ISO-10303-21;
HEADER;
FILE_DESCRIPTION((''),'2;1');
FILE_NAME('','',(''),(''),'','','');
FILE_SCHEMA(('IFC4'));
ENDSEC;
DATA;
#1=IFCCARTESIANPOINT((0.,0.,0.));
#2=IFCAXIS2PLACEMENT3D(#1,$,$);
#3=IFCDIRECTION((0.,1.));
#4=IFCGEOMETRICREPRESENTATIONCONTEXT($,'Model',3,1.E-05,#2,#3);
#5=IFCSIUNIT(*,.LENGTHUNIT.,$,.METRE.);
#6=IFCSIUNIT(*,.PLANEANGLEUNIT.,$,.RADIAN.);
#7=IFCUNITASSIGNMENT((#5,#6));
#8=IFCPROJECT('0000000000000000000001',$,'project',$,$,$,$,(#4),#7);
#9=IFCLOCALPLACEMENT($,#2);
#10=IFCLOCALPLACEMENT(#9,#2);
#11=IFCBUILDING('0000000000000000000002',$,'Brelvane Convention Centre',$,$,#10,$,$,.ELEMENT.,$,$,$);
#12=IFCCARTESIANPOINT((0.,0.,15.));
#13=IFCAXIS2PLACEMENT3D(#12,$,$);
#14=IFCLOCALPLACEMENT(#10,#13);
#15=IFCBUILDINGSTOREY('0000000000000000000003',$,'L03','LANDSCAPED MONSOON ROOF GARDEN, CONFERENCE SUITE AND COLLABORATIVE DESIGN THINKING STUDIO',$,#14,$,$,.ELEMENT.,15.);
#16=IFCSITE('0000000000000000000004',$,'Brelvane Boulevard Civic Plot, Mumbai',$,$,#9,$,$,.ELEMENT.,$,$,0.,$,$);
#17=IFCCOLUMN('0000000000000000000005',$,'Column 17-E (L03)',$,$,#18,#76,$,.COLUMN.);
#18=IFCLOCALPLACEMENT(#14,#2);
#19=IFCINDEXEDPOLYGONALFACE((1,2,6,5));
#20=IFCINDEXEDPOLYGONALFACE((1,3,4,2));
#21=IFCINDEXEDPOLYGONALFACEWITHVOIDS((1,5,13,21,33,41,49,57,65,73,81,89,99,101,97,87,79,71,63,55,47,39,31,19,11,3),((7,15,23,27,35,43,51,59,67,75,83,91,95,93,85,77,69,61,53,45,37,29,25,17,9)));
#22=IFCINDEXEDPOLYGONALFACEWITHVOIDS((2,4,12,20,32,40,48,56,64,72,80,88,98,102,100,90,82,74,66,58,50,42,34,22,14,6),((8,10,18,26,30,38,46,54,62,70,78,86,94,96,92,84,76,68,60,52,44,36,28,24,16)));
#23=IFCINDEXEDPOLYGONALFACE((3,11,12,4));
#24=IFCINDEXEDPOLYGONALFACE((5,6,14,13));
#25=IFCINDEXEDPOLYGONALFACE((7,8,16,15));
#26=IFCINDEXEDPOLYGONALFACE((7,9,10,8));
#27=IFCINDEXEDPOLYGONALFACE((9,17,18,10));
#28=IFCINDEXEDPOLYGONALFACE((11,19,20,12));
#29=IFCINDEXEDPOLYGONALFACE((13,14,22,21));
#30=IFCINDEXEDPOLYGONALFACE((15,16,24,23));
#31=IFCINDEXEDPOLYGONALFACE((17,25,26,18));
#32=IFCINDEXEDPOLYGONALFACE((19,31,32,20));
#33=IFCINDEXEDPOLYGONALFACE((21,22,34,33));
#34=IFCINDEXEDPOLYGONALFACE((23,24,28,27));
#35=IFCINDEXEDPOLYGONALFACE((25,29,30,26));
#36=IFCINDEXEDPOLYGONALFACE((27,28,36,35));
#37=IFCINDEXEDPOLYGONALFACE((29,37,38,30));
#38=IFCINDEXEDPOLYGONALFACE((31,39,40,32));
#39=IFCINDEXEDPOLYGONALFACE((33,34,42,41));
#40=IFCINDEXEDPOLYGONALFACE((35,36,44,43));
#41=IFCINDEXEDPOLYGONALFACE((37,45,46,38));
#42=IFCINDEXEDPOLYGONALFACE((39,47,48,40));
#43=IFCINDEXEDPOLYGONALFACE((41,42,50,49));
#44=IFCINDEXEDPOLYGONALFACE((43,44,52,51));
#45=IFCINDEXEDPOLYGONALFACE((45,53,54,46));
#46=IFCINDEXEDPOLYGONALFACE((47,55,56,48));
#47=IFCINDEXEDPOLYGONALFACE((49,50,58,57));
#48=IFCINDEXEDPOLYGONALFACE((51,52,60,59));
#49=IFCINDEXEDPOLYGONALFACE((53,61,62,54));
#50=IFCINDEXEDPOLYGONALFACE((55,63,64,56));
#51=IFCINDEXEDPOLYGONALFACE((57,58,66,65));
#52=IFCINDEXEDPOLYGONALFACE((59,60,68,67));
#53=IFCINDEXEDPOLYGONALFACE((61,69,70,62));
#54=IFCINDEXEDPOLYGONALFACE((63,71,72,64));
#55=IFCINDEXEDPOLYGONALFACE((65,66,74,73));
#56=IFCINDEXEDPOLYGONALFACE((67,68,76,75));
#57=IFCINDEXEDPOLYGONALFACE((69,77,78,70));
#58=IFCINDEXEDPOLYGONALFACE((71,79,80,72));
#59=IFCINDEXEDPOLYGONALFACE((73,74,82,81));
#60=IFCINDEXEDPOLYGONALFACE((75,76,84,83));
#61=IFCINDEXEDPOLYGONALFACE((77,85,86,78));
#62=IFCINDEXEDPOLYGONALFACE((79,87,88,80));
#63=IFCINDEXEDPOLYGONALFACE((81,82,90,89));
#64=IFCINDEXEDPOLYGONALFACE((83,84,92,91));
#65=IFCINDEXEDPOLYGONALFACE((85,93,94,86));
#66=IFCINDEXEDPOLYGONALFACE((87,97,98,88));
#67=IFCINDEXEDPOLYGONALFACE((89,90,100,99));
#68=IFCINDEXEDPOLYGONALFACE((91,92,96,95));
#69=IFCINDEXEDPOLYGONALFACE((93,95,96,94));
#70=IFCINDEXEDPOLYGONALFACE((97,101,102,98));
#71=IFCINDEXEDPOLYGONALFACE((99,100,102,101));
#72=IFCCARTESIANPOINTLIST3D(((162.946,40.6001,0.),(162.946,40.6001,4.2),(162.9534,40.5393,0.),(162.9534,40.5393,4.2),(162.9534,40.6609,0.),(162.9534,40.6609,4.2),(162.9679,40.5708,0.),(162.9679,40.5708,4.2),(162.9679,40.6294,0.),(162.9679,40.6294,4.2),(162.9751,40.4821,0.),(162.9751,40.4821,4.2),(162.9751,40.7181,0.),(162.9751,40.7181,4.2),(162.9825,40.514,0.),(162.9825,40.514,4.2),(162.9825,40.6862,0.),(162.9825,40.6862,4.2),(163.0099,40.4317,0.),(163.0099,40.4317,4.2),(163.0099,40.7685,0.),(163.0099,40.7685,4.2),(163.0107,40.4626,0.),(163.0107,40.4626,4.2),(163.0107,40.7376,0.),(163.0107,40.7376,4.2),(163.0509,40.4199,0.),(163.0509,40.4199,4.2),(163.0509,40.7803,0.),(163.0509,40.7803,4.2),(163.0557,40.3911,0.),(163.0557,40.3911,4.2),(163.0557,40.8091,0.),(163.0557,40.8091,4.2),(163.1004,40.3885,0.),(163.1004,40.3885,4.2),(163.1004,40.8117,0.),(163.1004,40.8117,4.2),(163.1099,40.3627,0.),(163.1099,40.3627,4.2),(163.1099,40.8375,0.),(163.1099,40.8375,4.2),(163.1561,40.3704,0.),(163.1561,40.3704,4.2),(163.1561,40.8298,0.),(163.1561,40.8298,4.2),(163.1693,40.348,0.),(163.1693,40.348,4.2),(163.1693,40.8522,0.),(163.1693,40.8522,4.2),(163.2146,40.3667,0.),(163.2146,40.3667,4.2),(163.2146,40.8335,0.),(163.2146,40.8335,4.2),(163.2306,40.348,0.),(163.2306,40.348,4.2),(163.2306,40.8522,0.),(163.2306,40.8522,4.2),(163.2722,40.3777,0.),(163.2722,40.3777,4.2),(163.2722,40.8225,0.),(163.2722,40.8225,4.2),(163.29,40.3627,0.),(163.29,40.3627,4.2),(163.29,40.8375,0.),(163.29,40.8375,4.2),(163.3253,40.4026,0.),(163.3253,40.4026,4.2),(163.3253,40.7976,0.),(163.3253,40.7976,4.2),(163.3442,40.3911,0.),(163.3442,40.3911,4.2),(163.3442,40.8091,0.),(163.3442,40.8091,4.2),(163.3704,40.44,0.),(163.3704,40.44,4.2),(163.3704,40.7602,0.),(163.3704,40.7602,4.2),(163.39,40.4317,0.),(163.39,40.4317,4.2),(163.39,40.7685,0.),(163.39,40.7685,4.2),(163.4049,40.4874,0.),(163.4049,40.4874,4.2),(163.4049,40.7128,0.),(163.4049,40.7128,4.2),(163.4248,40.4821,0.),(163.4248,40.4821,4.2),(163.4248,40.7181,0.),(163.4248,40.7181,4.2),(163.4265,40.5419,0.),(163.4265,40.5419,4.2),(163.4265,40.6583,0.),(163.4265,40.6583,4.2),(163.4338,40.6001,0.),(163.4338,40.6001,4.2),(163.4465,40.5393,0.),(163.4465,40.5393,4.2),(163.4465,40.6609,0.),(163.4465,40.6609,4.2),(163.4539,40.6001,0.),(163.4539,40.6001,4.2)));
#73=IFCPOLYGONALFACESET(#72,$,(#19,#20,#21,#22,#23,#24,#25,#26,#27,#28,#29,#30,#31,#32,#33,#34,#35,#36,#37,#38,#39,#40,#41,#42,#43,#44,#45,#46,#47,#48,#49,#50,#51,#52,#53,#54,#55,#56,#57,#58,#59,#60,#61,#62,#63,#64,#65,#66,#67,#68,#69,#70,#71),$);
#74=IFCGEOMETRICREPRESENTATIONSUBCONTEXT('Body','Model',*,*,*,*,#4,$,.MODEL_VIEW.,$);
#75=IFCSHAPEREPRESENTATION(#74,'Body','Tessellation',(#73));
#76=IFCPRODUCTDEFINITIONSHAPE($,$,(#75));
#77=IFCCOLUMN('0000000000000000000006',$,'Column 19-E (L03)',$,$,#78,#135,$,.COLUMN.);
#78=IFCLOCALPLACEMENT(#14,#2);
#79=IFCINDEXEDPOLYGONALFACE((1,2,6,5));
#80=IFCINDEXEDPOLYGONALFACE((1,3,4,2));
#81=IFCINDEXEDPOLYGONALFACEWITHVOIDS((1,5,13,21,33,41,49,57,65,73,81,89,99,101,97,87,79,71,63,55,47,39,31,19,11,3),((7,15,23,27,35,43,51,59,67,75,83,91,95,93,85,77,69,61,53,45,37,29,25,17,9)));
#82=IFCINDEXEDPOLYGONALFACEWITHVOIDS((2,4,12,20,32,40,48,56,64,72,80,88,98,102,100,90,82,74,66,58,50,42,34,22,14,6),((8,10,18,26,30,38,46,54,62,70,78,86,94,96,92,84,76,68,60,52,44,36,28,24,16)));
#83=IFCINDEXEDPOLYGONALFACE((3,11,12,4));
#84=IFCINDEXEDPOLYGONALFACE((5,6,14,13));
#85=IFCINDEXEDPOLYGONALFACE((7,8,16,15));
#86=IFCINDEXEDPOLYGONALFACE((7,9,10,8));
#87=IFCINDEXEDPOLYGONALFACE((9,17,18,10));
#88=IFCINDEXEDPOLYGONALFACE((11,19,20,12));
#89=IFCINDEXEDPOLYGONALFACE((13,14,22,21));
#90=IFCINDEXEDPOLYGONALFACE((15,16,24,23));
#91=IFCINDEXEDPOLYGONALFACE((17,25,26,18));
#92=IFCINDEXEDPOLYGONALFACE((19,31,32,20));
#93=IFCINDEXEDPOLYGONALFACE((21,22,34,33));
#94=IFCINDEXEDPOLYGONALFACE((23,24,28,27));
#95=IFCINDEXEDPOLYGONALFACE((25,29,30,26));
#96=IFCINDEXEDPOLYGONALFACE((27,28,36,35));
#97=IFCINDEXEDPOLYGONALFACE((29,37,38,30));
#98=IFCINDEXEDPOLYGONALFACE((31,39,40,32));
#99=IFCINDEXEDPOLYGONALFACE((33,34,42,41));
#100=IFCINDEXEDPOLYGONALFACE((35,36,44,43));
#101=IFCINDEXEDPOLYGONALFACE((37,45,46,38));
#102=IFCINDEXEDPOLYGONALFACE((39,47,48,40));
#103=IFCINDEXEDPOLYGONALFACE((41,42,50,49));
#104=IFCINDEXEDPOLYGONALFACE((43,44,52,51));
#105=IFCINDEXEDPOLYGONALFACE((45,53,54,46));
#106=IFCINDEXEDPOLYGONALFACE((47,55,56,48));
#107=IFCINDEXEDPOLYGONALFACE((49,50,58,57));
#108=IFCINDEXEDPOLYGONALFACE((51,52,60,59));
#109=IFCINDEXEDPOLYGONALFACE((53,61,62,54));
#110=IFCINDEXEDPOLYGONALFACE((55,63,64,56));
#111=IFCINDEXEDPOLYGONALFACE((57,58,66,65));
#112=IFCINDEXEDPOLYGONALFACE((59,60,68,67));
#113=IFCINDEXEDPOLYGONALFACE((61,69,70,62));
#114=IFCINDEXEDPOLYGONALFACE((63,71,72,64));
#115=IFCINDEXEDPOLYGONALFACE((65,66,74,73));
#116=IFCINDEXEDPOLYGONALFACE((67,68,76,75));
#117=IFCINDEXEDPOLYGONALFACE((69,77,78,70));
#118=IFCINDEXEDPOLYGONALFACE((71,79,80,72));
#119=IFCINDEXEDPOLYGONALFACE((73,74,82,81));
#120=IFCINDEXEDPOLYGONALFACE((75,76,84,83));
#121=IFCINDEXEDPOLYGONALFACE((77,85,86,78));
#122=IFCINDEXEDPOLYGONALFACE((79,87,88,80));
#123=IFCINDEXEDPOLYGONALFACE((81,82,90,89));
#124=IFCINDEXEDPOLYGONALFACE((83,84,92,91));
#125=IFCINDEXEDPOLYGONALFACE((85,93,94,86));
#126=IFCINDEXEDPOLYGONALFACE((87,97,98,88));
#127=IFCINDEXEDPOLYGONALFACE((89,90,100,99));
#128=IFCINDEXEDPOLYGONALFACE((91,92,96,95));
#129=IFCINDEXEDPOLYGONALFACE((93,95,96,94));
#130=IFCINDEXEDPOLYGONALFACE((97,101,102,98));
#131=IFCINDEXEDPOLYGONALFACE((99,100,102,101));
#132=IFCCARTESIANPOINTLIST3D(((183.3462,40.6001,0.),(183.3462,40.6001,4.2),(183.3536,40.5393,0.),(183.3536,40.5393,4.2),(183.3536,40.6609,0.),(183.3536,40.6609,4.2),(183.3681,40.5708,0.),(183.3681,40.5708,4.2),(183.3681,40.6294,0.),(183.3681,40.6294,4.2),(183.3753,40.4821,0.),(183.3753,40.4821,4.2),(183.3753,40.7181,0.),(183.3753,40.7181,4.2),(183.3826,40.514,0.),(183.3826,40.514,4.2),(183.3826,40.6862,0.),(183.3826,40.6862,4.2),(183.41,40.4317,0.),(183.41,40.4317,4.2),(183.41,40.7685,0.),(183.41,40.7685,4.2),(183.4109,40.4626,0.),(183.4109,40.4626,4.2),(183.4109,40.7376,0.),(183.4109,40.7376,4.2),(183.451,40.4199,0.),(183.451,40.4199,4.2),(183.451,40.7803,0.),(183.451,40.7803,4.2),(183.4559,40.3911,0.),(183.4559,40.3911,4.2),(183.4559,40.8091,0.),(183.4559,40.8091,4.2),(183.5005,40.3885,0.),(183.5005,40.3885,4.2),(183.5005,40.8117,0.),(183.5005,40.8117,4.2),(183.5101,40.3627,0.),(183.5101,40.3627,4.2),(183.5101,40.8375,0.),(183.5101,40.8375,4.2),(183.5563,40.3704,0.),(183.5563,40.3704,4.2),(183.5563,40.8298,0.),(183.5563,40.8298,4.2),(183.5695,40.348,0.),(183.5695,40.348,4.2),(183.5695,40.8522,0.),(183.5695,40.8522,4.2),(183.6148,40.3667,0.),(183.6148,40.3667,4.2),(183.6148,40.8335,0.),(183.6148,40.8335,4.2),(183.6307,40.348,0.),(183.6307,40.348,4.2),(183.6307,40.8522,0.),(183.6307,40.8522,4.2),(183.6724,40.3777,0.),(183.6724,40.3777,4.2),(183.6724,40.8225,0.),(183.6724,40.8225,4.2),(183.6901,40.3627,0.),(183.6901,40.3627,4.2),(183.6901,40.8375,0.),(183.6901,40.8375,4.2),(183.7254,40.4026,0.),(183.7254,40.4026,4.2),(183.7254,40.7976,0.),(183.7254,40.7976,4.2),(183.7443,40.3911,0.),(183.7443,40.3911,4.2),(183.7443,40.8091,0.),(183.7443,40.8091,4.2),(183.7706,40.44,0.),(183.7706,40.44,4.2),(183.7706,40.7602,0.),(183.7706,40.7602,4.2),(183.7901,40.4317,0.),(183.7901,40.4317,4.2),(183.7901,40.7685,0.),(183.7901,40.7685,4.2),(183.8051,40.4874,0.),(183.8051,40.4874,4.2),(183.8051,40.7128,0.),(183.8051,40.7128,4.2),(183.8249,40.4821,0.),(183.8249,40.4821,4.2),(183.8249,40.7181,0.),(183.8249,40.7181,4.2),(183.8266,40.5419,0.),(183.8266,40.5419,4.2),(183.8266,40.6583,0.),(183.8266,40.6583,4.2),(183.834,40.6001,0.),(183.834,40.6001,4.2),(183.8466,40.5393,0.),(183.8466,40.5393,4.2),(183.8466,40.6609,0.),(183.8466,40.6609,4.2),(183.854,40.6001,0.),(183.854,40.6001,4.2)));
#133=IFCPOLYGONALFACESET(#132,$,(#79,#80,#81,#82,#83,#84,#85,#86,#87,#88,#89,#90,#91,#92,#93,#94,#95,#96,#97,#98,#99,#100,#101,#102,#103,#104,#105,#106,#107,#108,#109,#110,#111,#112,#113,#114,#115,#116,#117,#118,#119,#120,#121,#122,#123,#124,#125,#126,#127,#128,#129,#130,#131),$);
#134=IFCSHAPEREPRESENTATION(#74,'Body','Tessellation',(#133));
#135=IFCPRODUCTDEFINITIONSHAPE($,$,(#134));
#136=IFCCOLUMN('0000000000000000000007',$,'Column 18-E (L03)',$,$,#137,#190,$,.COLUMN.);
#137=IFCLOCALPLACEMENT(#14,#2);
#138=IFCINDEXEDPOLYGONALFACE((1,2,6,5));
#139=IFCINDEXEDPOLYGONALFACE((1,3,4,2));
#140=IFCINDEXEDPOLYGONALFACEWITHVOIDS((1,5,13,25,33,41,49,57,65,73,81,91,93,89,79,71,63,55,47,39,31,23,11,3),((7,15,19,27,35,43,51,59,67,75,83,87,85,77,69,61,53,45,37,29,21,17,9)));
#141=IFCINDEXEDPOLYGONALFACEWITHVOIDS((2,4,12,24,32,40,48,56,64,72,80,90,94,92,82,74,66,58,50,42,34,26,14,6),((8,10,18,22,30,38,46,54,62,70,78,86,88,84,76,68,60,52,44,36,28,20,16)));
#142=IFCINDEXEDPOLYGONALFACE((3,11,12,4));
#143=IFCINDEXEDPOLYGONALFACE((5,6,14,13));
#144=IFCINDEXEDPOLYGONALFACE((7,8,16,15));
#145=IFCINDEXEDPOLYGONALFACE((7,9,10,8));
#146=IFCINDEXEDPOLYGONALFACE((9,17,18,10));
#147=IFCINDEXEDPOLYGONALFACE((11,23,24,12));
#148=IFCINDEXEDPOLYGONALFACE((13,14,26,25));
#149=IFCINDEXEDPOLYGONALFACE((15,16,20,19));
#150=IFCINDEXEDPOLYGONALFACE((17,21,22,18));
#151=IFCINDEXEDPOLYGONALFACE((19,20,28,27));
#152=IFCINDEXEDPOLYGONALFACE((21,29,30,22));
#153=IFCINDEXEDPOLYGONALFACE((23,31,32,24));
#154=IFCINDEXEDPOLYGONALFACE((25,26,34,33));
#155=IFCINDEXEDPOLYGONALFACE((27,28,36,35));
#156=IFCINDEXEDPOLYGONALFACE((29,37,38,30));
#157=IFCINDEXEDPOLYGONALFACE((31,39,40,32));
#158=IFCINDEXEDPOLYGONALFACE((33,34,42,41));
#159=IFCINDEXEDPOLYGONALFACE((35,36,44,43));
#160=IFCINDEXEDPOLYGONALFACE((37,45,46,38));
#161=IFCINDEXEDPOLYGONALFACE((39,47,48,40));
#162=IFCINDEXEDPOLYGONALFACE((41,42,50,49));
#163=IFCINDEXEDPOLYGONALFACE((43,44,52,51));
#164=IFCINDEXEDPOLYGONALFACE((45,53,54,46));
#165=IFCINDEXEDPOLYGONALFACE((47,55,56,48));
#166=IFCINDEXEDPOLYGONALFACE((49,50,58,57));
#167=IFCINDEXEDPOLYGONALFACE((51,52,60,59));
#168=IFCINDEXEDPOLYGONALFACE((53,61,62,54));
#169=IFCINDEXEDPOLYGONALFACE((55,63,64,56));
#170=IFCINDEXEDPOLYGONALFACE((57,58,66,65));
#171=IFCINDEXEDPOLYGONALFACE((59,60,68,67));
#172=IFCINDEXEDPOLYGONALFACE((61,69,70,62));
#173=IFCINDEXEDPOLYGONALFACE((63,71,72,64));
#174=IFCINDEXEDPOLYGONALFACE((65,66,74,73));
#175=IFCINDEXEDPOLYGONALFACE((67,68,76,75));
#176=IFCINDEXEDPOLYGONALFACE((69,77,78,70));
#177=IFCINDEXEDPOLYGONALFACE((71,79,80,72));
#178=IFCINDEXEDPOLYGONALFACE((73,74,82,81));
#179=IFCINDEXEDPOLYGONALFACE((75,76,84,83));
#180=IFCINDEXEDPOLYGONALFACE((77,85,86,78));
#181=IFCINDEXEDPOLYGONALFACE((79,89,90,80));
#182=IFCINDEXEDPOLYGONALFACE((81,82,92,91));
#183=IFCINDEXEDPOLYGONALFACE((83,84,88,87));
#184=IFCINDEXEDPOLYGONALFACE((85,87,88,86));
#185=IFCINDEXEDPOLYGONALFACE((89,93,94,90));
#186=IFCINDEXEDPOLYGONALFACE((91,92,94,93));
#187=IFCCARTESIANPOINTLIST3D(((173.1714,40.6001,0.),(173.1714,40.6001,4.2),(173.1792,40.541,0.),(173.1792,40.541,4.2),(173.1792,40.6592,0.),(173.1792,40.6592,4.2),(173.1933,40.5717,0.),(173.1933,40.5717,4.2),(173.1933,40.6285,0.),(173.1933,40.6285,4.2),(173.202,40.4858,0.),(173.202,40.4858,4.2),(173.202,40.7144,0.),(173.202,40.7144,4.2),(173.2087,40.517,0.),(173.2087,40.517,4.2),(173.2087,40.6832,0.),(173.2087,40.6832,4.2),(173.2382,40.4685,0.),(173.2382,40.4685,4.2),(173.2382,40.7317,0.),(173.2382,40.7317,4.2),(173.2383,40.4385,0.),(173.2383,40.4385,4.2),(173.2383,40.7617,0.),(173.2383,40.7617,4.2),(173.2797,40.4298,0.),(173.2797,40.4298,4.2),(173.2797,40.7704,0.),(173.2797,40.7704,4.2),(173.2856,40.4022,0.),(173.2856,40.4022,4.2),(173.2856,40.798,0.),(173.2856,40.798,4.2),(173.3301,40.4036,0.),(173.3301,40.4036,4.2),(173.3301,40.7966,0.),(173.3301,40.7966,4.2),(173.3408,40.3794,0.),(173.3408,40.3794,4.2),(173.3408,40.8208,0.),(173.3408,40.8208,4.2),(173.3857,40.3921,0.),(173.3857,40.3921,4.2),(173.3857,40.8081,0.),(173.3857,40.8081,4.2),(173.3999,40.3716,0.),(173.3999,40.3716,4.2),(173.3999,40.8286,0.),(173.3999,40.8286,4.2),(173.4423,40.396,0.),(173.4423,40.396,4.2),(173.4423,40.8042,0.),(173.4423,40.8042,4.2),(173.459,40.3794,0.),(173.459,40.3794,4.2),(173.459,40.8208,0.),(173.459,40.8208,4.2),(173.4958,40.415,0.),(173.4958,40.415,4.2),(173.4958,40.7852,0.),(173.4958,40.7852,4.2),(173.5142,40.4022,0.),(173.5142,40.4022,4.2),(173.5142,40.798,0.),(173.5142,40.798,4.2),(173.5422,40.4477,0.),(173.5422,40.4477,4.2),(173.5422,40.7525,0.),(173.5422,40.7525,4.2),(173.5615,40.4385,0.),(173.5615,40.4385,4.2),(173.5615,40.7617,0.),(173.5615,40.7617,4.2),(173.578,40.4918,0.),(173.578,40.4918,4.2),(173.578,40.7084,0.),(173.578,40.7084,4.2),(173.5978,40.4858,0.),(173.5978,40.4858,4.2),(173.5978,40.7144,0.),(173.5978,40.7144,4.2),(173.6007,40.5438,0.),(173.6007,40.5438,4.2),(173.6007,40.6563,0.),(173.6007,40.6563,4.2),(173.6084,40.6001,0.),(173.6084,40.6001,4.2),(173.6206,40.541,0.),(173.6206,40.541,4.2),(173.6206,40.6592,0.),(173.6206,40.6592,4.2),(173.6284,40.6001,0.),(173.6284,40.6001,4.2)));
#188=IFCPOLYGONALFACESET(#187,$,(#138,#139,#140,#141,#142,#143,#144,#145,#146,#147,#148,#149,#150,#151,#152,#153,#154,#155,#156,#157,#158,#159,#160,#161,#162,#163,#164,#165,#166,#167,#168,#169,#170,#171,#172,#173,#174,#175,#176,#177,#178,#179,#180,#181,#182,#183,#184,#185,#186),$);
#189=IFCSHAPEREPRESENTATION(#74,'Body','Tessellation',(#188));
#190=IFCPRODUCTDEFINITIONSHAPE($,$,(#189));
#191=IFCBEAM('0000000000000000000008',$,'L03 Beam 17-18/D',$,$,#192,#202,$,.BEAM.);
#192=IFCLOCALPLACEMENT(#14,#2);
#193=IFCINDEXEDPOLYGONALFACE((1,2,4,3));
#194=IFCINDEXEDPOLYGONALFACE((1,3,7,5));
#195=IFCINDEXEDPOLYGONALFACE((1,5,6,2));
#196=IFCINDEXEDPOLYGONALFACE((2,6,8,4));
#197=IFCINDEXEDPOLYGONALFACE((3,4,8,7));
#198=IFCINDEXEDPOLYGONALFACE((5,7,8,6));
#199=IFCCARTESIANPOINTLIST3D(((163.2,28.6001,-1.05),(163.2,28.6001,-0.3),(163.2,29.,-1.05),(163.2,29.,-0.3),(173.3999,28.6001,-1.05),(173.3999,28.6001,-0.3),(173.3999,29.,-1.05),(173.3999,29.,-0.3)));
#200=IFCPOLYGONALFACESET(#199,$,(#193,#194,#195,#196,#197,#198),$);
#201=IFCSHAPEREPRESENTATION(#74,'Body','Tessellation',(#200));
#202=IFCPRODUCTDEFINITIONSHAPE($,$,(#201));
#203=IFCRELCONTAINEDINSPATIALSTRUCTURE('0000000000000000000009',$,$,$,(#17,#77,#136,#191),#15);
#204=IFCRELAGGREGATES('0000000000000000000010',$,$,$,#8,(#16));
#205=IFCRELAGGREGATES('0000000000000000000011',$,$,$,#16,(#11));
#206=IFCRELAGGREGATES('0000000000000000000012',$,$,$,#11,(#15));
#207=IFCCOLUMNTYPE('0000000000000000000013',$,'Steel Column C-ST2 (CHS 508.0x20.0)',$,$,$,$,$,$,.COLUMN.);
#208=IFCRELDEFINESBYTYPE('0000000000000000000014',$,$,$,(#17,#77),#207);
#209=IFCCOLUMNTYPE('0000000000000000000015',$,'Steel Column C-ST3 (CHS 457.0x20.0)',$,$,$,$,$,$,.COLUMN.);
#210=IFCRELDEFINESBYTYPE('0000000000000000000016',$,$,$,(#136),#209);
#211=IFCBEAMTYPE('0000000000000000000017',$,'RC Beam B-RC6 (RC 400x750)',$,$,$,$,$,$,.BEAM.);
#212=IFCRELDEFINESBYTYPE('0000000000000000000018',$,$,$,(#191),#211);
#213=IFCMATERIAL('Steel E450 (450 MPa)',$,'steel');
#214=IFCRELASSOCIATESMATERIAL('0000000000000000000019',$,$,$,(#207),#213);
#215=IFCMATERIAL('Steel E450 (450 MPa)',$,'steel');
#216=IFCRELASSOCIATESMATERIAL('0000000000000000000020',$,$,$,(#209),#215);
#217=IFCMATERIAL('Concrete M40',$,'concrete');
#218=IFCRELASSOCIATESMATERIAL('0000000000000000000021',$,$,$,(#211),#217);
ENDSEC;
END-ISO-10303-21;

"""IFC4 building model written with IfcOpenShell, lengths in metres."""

from ifc_helpers import new_model, si_unit, direction, frame, origin, origin_2d, place, context, subcontext, project, spatial, rectangle, hollow_circle, extrude, material, material_profile, profile_set, type_object, element, save


model = new_model("IFC4")

# Units and contexts
model_context = context("Model", 3, precision=1e-05, world=origin(), true_north=direction((0.0, 1.0)))
body_context = subcontext(model_context, "Body", "Model", "MODEL_VIEW")
ifc_project = project(units=[si_unit("LENGTHUNIT", "METRE"), si_unit("PLANEANGLEUNIT", "RADIAN")], contexts=[model_context])

# Site, building, storey
site_placement = place(None, origin())
site = spatial("IfcSite", under=ifc_project, at=site_placement, Name="Brelvane Boulevard Civic Plot, Mumbai", CompositionType="ELEMENT", RefElevation=0.0)
building_placement = place(site_placement, origin())
building = spatial("IfcBuilding", under=site, at=building_placement, Name="Brelvane Convention Centre", CompositionType="ELEMENT")
storey_placement = place(building_placement, frame((0.0, 0.0, 15.0)))
storey = spatial("IfcBuildingStorey", under=building, at=storey_placement, Name="L03", Description="LANDSCAPED MONSOON ROOF GARDEN, CONFERENCE SUITE AND COLLABORATIVE DESIGN THINKING STUDIO", CompositionType="ELEMENT", Elevation=15.0)

# Columns
ifc_material_1 = material(Name="Steel E450 (450 MPa)", Category="steel")
ifc_material_profile_1 = material_profile(ifc_material_1, hollow_circle(Radius=0.2539, WallThickness=0.02, at=origin_2d()), Name="CHS 508.0x20.0")
ifc_profile_set_1 = profile_set([ifc_material_profile_1], Name="Steel E450 (450 MPa)")
column_type_1 = type_object("IfcColumnType", Name="Steel Column C-ST2 (CHS 508.0x20.0)", PredefinedType="COLUMN", material=ifc_profile_set_1)
for number, where, z_axis, x_axis, name in (
    (1, (163.2, 40.6001, 0.0), (0.0, 0.0, 1.0), (1.0, 0.0, 0.0), "Column 17-E (L03)"),
    (2, (183.6001, 40.6001, 0.0), (0.0, 0.0, 1.0), (1.0, 0.0, 0.0), "Column 19-E (L03)"),
):
    element("IfcColumn", number, at=place(storey_placement, frame(where, z_axis=z_axis, x_axis=x_axis)), inside=storey, type_object=column_type_1, Name=name, PredefinedType="COLUMN", context=body_context, shape_type="SweptSolid", body=[
        extrude(hollow_circle(Radius=0.2539, WallThickness=0.02, at=origin_2d()), origin(), (0.0, 0.0, 1.0), 4.2),
    ])
ifc_material_2 = material(Name="Steel E450 (450 MPa)", Category="steel")
ifc_material_profile_2 = material_profile(ifc_material_2, hollow_circle(Radius=0.2285, WallThickness=0.02, at=origin_2d()), Name="CHS 457.0x20.0")
ifc_profile_set_2 = profile_set([ifc_material_profile_2], Name="Steel E450 (450 MPa)")
column_type_2 = type_object("IfcColumnType", Name="Steel Column C-ST3 (CHS 457.0x20.0)", PredefinedType="COLUMN", material=ifc_profile_set_2)
column_placement = place(storey_placement, frame((173.3999, 40.6001, 0.0), z_axis=(0.0, 0.0, 1.0), x_axis=(1.0, 0.0, 0.0)))
element("IfcColumn", 3, at=column_placement, inside=storey, type_object=column_type_2, Name="Column 18-E (L03)", PredefinedType="COLUMN", context=body_context, shape_type="SweptSolid", body=[
    extrude(hollow_circle(Radius=0.2285, WallThickness=0.02, at=origin_2d()), origin(), (0.0, 0.0, 1.0), 4.2),
])

# Beam
ifc_material_3 = material(Name="Concrete M40", Category="concrete")
ifc_material_profile_3 = material_profile(ifc_material_3, rectangle(XDim=0.3999, YDim=0.75, at=origin_2d()), Name="RC 400x750")
ifc_profile_set_3 = profile_set([ifc_material_profile_3], Name="Concrete M40")
beam_type_1 = type_object("IfcBeamType", Name="RC Beam B-RC6 (RC 400x750)", PredefinedType="BEAM", material=ifc_profile_set_3)
beam_1_placement = place(storey_placement, frame((163.2, 28.8, -0.675), z_axis=(1.0, 0.0, 0.0), x_axis=(0.0, 1.0, 0.0)))
element("IfcBeam", 4, at=beam_1_placement, inside=storey, type_object=beam_type_1, Name="L03 Beam 17-18/D", PredefinedType="BEAM", context=body_context, shape_type="SweptSolid", body=[
    extrude(rectangle(XDim=0.3999, YDim=0.75, at=origin_2d()), origin(), (0.0, 0.0, 1.0), 10.2),
])

save(model, "model.ifc")
